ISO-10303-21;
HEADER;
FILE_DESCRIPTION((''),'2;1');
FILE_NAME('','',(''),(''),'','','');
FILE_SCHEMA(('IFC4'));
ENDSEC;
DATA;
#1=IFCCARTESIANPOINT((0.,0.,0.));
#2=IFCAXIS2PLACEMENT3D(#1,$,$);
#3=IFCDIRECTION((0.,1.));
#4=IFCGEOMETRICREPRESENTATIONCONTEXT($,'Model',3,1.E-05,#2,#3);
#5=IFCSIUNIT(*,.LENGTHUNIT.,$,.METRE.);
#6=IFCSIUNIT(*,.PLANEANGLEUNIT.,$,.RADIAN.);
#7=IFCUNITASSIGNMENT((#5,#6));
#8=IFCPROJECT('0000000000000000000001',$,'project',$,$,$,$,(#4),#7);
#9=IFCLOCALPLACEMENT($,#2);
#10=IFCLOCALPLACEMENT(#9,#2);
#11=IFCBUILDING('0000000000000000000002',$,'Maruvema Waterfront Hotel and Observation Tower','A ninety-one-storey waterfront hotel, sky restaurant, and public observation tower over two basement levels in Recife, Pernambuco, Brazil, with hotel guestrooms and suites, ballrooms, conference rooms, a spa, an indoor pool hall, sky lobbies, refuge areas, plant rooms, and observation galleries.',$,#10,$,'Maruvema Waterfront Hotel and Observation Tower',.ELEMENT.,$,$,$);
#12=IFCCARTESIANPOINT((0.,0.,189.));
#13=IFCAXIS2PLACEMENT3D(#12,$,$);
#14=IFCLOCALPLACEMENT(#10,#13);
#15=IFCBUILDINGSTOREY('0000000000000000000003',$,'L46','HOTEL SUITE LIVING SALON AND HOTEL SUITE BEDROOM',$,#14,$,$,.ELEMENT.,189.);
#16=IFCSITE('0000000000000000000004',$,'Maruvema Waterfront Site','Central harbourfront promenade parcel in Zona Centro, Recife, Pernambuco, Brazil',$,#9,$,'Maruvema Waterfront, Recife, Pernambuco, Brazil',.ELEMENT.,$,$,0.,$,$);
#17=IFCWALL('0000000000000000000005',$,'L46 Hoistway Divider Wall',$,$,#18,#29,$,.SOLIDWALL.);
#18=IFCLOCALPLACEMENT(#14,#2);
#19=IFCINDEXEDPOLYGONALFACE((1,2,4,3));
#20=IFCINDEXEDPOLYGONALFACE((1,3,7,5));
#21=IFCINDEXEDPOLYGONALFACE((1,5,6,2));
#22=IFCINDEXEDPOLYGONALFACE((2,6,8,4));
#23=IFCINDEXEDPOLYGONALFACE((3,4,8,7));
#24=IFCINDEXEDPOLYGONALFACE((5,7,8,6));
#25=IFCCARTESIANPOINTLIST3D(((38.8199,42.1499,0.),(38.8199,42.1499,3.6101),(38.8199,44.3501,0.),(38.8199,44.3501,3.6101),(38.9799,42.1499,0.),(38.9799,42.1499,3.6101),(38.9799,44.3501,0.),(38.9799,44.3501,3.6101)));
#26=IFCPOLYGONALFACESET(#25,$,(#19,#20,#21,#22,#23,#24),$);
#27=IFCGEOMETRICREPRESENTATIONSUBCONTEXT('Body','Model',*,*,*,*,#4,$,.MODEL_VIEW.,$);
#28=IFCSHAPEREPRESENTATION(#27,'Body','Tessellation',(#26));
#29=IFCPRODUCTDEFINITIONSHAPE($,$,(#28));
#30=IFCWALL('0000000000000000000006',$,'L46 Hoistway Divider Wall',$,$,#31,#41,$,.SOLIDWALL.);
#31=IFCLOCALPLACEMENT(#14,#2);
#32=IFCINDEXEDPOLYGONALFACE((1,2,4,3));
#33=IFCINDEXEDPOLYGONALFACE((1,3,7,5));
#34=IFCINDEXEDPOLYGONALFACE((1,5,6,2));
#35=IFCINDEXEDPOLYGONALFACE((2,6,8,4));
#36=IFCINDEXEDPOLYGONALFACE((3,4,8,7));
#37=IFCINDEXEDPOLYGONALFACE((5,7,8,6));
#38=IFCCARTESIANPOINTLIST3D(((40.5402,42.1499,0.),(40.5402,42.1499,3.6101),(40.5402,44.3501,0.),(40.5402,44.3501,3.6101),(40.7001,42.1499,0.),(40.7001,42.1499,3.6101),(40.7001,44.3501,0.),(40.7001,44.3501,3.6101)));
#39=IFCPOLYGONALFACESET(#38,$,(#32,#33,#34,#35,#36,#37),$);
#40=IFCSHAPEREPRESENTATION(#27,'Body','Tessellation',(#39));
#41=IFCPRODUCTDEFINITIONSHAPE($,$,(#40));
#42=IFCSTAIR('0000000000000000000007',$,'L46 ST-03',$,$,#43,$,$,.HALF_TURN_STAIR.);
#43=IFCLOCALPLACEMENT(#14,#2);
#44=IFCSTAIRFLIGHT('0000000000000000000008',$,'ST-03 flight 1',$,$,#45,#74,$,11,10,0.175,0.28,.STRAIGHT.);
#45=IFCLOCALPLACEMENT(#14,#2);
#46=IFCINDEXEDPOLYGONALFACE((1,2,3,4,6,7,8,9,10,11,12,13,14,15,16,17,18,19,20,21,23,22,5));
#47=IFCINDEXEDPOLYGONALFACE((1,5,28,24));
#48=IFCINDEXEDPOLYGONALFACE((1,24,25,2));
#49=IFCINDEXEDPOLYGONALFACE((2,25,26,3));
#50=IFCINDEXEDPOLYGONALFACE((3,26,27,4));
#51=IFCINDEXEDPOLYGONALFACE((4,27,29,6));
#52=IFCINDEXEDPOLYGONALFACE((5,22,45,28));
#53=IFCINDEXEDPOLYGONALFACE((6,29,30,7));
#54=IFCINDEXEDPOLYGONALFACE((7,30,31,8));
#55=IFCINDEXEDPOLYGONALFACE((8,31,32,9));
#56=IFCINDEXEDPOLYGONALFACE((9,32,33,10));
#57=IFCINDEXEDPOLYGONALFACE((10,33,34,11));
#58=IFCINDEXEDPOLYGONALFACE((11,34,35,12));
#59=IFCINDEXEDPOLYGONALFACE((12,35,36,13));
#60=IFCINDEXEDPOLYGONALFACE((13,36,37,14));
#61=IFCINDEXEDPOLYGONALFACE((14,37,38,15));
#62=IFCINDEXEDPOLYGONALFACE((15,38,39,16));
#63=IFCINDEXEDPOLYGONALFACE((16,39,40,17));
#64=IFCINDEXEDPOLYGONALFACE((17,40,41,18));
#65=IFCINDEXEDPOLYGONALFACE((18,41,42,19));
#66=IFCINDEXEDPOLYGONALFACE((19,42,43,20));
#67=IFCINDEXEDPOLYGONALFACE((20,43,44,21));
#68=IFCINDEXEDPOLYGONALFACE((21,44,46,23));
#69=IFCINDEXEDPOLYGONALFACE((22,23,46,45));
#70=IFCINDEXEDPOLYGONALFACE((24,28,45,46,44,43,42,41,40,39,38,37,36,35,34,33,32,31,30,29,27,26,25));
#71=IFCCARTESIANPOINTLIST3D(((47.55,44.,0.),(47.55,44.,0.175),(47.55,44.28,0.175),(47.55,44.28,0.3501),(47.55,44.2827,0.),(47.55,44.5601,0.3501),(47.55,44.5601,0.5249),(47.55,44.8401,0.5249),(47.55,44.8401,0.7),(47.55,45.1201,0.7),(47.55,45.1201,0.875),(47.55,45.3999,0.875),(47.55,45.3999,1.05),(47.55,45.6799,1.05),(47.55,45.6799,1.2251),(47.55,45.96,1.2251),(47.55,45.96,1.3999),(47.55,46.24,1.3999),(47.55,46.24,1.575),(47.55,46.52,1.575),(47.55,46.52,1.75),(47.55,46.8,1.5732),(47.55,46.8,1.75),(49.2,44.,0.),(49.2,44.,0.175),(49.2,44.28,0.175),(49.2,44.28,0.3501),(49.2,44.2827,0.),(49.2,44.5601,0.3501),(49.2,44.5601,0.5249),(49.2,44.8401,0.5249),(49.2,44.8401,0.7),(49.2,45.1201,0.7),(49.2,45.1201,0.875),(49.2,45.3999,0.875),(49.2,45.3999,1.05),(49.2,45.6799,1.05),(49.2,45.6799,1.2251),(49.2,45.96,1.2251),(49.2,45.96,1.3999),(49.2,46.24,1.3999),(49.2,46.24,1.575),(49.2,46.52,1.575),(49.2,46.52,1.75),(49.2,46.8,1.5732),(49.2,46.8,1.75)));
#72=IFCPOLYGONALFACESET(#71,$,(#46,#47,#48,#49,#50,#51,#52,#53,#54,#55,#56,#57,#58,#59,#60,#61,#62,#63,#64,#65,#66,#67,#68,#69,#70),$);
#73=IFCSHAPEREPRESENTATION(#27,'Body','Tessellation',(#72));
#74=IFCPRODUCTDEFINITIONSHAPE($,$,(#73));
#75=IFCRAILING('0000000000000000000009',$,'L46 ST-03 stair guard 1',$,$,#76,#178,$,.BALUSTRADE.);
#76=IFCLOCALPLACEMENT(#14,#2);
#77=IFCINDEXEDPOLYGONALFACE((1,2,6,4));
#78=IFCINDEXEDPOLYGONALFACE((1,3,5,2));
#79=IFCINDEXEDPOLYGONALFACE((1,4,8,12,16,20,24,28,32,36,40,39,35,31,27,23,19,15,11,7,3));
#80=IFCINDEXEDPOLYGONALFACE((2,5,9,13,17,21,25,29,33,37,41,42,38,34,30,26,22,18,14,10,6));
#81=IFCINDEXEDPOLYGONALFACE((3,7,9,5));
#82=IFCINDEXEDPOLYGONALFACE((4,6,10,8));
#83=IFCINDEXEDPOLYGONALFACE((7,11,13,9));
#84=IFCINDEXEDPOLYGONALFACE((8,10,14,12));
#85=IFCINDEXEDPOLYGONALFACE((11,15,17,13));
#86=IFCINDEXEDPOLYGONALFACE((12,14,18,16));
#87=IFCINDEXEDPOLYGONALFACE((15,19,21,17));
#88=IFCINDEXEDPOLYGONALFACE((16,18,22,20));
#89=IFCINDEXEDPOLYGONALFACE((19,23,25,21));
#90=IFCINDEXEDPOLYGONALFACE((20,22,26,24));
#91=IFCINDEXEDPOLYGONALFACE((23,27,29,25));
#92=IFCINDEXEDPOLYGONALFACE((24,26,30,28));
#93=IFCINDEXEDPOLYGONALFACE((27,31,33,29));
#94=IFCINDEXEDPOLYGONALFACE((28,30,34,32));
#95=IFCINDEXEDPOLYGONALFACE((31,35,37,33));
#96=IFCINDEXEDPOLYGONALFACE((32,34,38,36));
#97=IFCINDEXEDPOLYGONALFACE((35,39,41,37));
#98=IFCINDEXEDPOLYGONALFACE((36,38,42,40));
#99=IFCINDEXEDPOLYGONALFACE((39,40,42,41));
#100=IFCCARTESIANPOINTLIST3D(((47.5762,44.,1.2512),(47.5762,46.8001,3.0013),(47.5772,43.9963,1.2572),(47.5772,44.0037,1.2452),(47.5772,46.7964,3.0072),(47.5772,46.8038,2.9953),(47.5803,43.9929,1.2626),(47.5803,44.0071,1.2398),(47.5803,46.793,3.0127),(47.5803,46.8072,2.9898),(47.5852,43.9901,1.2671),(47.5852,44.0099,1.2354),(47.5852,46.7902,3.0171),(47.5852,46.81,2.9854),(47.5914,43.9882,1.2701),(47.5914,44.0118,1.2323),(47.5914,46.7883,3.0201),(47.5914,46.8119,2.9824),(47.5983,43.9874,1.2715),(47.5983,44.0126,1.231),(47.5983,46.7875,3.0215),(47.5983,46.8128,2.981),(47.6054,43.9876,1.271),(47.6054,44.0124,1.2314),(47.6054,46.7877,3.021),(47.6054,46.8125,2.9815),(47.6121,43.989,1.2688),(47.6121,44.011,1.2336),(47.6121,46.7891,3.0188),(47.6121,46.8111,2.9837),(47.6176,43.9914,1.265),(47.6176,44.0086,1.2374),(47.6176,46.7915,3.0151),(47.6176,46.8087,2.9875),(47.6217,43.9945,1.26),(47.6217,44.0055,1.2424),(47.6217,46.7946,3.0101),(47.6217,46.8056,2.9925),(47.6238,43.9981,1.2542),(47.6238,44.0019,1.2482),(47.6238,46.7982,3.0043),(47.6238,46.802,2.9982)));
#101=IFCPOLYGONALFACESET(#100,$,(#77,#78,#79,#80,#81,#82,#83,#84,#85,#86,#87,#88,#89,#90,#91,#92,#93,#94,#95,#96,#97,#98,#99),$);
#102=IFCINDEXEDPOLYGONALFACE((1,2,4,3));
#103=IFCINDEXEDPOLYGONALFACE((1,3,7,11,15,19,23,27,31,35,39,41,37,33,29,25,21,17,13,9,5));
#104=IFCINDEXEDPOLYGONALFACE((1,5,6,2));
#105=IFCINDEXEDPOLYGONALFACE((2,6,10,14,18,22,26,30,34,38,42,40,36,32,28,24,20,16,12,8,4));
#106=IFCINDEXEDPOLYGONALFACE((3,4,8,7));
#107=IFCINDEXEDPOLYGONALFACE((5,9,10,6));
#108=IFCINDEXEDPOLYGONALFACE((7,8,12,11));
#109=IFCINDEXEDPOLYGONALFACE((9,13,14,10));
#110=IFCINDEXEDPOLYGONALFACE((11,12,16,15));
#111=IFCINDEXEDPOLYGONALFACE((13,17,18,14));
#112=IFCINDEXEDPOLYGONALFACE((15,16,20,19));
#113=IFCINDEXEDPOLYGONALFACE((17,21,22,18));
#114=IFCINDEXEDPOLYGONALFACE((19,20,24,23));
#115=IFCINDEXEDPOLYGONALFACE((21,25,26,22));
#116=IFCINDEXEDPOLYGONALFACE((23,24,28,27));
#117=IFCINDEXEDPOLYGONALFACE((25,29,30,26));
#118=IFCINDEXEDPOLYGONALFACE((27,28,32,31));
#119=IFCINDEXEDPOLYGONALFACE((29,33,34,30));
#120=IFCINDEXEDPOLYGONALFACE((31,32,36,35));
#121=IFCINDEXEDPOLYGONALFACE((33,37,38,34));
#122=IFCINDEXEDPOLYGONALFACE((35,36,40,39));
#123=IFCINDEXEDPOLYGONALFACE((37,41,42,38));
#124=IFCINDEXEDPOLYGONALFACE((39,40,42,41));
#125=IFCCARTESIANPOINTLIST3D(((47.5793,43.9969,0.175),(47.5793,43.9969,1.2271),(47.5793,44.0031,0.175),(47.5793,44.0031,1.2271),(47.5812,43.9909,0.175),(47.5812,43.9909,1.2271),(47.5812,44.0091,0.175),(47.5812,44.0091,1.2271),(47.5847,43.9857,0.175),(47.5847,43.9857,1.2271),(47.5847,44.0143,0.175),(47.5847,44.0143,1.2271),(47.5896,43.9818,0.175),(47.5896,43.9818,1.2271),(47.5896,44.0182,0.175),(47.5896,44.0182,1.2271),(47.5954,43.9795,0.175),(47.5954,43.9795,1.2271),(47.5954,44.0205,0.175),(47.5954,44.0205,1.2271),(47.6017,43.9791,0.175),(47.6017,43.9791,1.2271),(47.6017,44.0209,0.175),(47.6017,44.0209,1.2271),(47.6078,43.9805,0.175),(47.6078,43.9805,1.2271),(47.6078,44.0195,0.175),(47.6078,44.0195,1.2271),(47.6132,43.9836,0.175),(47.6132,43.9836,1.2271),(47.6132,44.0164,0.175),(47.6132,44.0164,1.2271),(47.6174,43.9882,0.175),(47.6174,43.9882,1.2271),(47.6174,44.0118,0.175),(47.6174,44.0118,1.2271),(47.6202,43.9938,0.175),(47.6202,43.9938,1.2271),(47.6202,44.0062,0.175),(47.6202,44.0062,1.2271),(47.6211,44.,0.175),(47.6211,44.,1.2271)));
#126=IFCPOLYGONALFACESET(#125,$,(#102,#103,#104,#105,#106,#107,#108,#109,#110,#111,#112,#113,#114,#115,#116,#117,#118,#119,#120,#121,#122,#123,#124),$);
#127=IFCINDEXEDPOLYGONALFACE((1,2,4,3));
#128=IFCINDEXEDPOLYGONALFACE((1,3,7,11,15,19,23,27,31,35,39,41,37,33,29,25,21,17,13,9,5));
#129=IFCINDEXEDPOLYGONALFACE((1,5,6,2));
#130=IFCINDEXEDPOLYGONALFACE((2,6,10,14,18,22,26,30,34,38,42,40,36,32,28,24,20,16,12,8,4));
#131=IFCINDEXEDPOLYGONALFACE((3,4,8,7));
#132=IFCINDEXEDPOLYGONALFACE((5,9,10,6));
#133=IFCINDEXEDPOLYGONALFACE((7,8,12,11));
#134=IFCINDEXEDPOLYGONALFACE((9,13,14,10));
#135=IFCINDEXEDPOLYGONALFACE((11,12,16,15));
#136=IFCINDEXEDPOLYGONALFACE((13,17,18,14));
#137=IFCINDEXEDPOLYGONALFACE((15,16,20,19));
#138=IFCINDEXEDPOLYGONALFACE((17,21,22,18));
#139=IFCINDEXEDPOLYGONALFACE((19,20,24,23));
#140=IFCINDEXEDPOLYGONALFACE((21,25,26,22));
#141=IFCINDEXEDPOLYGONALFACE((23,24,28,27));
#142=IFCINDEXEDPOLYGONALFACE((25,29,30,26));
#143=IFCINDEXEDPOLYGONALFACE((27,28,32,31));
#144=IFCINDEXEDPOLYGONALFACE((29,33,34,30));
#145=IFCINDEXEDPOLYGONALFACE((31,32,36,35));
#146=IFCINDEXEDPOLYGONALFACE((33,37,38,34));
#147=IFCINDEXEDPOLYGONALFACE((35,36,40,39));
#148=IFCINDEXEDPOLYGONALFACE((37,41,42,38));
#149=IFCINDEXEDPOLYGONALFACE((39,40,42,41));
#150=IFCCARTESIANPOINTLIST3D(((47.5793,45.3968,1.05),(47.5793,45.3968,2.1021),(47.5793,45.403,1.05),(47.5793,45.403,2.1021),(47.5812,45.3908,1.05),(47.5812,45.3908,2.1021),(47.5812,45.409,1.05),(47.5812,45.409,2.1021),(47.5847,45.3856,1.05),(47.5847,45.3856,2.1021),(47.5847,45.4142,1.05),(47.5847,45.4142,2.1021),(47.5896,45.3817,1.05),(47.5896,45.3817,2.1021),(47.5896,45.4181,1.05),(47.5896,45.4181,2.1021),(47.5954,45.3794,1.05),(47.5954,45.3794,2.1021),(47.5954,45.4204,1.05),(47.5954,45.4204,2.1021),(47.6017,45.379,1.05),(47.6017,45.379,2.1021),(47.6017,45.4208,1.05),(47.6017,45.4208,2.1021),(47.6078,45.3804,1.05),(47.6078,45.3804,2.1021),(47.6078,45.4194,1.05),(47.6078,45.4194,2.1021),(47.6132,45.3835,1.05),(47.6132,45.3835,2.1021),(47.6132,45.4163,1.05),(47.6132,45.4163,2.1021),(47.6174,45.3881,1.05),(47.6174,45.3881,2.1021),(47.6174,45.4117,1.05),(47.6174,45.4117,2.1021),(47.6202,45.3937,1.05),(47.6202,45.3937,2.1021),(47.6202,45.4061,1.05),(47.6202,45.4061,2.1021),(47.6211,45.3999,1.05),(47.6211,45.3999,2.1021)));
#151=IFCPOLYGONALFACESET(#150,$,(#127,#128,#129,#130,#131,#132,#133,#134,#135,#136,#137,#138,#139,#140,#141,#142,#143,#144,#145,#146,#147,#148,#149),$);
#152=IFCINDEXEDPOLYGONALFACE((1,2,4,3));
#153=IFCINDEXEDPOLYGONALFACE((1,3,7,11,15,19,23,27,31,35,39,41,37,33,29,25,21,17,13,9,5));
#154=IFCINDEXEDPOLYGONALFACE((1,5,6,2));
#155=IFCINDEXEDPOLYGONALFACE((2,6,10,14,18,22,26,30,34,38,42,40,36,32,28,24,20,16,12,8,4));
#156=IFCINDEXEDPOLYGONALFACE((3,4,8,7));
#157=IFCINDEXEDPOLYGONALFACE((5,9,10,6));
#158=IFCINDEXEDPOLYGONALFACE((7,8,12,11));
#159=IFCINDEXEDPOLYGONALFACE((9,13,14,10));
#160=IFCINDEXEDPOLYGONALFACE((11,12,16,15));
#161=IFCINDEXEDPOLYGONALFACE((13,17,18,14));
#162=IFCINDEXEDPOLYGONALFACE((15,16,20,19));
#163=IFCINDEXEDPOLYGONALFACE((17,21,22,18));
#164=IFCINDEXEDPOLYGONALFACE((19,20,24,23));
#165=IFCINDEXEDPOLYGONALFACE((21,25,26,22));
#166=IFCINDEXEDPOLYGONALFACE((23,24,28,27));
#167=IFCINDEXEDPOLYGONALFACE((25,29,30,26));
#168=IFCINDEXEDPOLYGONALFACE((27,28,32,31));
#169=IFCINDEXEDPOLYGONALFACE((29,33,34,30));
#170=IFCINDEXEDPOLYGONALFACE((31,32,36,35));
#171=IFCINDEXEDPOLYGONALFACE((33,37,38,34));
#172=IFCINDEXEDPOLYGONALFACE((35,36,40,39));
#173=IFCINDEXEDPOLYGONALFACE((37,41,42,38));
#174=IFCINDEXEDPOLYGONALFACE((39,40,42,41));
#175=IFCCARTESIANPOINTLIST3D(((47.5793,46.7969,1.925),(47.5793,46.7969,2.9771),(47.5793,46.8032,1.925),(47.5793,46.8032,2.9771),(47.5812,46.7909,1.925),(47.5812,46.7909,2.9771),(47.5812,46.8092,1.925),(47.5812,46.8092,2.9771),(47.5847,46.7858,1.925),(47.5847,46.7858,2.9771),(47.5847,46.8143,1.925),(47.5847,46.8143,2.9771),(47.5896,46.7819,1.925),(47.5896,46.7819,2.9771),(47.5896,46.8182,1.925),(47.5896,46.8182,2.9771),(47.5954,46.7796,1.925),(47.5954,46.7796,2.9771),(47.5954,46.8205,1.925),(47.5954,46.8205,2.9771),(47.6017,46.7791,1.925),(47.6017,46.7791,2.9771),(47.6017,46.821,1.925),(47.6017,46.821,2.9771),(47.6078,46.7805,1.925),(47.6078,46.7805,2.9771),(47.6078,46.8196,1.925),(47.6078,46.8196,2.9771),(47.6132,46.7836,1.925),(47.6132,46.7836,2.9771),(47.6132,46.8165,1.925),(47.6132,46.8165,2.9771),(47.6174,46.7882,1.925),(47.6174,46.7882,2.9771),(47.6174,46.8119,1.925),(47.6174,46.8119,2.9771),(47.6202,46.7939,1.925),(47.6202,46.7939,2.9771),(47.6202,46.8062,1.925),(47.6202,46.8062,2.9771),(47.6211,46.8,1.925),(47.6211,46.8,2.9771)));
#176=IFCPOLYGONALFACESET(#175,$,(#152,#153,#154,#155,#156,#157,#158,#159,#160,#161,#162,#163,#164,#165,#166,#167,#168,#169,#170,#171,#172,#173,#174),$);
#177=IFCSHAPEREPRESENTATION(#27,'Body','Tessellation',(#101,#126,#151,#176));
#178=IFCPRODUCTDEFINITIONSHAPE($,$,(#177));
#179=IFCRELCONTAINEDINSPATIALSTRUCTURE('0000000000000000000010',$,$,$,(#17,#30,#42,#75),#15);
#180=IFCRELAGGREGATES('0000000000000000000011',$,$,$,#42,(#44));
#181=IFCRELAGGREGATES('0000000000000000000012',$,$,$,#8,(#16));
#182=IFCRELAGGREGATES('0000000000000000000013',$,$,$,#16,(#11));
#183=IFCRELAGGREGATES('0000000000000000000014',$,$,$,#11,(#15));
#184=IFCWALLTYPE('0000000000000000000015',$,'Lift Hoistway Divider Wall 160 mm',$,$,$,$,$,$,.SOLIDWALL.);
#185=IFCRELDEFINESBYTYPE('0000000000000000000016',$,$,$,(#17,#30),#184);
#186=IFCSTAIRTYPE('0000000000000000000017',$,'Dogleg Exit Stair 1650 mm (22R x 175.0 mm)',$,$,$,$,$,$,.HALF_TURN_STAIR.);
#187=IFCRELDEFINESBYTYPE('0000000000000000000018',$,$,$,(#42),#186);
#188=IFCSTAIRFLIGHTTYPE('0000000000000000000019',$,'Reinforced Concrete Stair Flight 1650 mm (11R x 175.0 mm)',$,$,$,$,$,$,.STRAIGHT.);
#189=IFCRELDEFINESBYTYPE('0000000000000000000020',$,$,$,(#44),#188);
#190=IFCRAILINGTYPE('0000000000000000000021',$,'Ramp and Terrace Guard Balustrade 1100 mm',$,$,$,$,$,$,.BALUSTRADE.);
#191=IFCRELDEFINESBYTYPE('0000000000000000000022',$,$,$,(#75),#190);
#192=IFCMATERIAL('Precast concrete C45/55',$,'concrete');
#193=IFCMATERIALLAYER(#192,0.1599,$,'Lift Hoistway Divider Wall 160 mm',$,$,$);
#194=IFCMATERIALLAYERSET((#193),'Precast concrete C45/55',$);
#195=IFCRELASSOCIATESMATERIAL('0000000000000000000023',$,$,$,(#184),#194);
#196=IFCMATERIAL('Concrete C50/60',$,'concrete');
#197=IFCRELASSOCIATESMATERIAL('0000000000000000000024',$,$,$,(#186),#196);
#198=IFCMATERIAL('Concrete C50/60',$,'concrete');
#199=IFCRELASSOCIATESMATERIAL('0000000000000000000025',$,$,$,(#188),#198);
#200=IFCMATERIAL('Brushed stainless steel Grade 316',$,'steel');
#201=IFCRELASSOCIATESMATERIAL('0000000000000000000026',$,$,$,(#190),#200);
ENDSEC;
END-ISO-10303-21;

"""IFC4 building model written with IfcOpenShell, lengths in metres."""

from ifc_helpers import new_model, si_unit, direction, frame, frame_2d, origin, origin_2d, place, context, subcontext, project, spatial, polyline, rectangle, circle, outline, extrude, material, layer, layer_set, type_object, element, aggregate, save


model = new_model("IFC4")

# Units and contexts
model_context = context("Model", 3, precision=1e-05, world=origin(), true_north=direction((0.0, 1.0)))
body_context = subcontext(model_context, "Body", "Model", "MODEL_VIEW")
ifc_project = project(units=[si_unit("LENGTHUNIT", "METRE"), si_unit("PLANEANGLEUNIT", "RADIAN")], contexts=[model_context])

# Site, building, storey
site_placement = place(None, origin())
site = spatial("IfcSite", under=ifc_project, at=site_placement, Name="Maruvema Waterfront Site", Description="Central harbourfront promenade parcel in Zona Centro, Recife, Pernambuco, Brazil", LongName="Maruvema Waterfront, Recife, Pernambuco, Brazil", CompositionType="ELEMENT", RefElevation=0.0)
building_placement = place(site_placement, origin())
building = spatial("IfcBuilding", under=site, at=building_placement, Name="Maruvema Waterfront Hotel and Observation Tower", Description="A ninety-one-storey waterfront hotel, sky restaurant, and public observation tower over two basement levels in Recife, Pernambuco, Brazil, with hotel guestrooms and suites, ballrooms, conference rooms, a spa, an indoor pool hall, sky lobbies, refuge areas, plant rooms, and observation galleries.", LongName="Maruvema Waterfront Hotel and Observation Tower", CompositionType="ELEMENT")
storey_placement = place(building_placement, frame((0.0, 0.0, 189.0)))
storey = spatial("IfcBuildingStorey", under=building, at=storey_placement, Name="L46", Description="HOTEL SUITE LIVING SALON AND HOTEL SUITE BEDROOM", CompositionType="ELEMENT", Elevation=189.0)

# Walls
ifc_material_1 = material(Name="Precast concrete C45/55", Category="concrete")
ifc_layer_1 = layer(ifc_material_1, 0.1599, Name="Lift Hoistway Divider Wall 160 mm")
ifc_layer_set_1 = layer_set([ifc_layer_1], Name="Precast concrete C45/55")
wall_type_1 = type_object("IfcWallType", Name="Lift Hoistway Divider Wall 160 mm", PredefinedType="SOLIDWALL", material=ifc_layer_set_1)
for number, where, z_axis, x_axis, name in (
    (1, (38.8999, 42.1499, 0.0), (0.0, 0.0, 1.0), (0.0, 1.0, 0.0), "L46 Hoistway Divider Wall"),
    (2, (40.6201, 42.1499, 0.0), (0.0, 0.0, 1.0), (0.0, 1.0, 0.0), "L46 Hoistway Divider Wall"),
):
    element("IfcWall", number, at=place(storey_placement, frame(where, z_axis=z_axis, x_axis=x_axis)), inside=storey, type_object=wall_type_1, Name=name, PredefinedType="SOLIDWALL", context=body_context, shape_type="SweptSolid", body=[
        extrude(rectangle(XDim=2.2002, YDim=0.1599, at=frame_2d((1.1001, 0.0))), origin(), (0.0, 0.0, 1.0), 3.6101),
    ])

# Stair, stair flight
ifc_material_2 = material(Name="Concrete C50/60", Category="concrete")
stair_type = type_object("IfcStairType", Name="Dogleg Exit Stair 1650 mm (22R x 175.0 mm)", PredefinedType="HALF_TURN_STAIR", material=ifc_material_2)
stair_placement = place(storey_placement, origin())
stair = element("IfcStair", 3, at=stair_placement, inside=storey, type_object=stair_type, Name="L46 ST-03", PredefinedType="HALF_TURN_STAIR")
ifc_material_3 = material(Name="Concrete C50/60", Category="concrete")
stair_flight_type = type_object("IfcStairFlightType", Name="Reinforced Concrete Stair Flight 1650 mm (11R x 175.0 mm)", PredefinedType="STRAIGHT", material=ifc_material_3)
stair_flight_placement = place(storey_placement, frame((48.375, 44.0, 0.0), z_axis=(0.0, 0.0, 1.0), x_axis=(0.0, 1.0, 0.0)))
stair_flight = element("IfcStairFlight", 4, at=stair_flight_placement, type_object=stair_flight_type, Name="ST-03 flight 1", NumberOfRisers=11, NumberOfTreads=10, PredefinedType="STRAIGHT", RiserHeight=0.175, TreadLength=0.28, context=body_context, shape_type="SweptSolid", body=[
    extrude(outline(polyline([(0.0, 0.0), (0.0, 0.175), (0.28, 0.175), (0.28, 0.3501), (0.5601, 0.3501), (0.5601, 0.5249), (0.8401, 0.5249), (0.8401, 0.7), (1.1201, 0.7), (1.1201, 0.875), (1.3999, 0.875), (1.3999, 1.05), (1.6799, 1.05), (1.6799, 1.2251), (1.96, 1.2251), (1.96, 1.3999), (2.24, 1.3999), (2.24, 1.575), (2.52, 1.575), (2.52, 1.75), (2.8, 1.75), (2.8, 1.925), (2.8, 1.5732), (0.2827, 0.0), (0.0, 0.0)])), frame((0.0, 0.825, 0.0), z_axis=(0.0, -1.0, 0.0), x_axis=(1.0, 0.0, 0.0)), (0.0, 0.0, 1.0), 1.6499),
])
aggregate(stair, [stair_flight])

# Railing
ifc_material_4 = material(Name="Brushed stainless steel Grade 316", Category="steel")
railing_type = type_object("IfcRailingType", Name="Ramp and Terrace Guard Balustrade 1100 mm", PredefinedType="BALUSTRADE", material=ifc_material_4)
railing_1_placement = place(storey_placement, frame((47.6001, 44.0, 0.175)))
element("IfcRailing", 5, at=railing_1_placement, inside=storey, type_object=railing_type, Name="L46 ST-03 stair guard 1", PredefinedType="BALUSTRADE", context=body_context, shape_type="SweptSolid", body=[
    extrude(circle(Radius=0.0239, at=origin_2d()), frame((0.0, 0.0, 1.0762), z_axis=(0.0, 0.848002, 0.529992), x_axis=(-1.0, 0.0, 0.0)), (0.0, 0.0, 1.0), 3.302),
    extrude(circle(Radius=0.021, at=origin_2d()), origin(), (0.0, 0.0, 1.0), 1.052),
    extrude(circle(Radius=0.021, at=origin_2d()), frame((0.0, 1.3999, 0.875)), (0.0, 0.0, 1.0), 1.052),
    extrude(circle(Radius=0.021, at=origin_2d()), frame((0.0, 2.8, 1.75)), (0.0, 0.0, 1.0), 1.052),
])

save(model, "model.ifc")
